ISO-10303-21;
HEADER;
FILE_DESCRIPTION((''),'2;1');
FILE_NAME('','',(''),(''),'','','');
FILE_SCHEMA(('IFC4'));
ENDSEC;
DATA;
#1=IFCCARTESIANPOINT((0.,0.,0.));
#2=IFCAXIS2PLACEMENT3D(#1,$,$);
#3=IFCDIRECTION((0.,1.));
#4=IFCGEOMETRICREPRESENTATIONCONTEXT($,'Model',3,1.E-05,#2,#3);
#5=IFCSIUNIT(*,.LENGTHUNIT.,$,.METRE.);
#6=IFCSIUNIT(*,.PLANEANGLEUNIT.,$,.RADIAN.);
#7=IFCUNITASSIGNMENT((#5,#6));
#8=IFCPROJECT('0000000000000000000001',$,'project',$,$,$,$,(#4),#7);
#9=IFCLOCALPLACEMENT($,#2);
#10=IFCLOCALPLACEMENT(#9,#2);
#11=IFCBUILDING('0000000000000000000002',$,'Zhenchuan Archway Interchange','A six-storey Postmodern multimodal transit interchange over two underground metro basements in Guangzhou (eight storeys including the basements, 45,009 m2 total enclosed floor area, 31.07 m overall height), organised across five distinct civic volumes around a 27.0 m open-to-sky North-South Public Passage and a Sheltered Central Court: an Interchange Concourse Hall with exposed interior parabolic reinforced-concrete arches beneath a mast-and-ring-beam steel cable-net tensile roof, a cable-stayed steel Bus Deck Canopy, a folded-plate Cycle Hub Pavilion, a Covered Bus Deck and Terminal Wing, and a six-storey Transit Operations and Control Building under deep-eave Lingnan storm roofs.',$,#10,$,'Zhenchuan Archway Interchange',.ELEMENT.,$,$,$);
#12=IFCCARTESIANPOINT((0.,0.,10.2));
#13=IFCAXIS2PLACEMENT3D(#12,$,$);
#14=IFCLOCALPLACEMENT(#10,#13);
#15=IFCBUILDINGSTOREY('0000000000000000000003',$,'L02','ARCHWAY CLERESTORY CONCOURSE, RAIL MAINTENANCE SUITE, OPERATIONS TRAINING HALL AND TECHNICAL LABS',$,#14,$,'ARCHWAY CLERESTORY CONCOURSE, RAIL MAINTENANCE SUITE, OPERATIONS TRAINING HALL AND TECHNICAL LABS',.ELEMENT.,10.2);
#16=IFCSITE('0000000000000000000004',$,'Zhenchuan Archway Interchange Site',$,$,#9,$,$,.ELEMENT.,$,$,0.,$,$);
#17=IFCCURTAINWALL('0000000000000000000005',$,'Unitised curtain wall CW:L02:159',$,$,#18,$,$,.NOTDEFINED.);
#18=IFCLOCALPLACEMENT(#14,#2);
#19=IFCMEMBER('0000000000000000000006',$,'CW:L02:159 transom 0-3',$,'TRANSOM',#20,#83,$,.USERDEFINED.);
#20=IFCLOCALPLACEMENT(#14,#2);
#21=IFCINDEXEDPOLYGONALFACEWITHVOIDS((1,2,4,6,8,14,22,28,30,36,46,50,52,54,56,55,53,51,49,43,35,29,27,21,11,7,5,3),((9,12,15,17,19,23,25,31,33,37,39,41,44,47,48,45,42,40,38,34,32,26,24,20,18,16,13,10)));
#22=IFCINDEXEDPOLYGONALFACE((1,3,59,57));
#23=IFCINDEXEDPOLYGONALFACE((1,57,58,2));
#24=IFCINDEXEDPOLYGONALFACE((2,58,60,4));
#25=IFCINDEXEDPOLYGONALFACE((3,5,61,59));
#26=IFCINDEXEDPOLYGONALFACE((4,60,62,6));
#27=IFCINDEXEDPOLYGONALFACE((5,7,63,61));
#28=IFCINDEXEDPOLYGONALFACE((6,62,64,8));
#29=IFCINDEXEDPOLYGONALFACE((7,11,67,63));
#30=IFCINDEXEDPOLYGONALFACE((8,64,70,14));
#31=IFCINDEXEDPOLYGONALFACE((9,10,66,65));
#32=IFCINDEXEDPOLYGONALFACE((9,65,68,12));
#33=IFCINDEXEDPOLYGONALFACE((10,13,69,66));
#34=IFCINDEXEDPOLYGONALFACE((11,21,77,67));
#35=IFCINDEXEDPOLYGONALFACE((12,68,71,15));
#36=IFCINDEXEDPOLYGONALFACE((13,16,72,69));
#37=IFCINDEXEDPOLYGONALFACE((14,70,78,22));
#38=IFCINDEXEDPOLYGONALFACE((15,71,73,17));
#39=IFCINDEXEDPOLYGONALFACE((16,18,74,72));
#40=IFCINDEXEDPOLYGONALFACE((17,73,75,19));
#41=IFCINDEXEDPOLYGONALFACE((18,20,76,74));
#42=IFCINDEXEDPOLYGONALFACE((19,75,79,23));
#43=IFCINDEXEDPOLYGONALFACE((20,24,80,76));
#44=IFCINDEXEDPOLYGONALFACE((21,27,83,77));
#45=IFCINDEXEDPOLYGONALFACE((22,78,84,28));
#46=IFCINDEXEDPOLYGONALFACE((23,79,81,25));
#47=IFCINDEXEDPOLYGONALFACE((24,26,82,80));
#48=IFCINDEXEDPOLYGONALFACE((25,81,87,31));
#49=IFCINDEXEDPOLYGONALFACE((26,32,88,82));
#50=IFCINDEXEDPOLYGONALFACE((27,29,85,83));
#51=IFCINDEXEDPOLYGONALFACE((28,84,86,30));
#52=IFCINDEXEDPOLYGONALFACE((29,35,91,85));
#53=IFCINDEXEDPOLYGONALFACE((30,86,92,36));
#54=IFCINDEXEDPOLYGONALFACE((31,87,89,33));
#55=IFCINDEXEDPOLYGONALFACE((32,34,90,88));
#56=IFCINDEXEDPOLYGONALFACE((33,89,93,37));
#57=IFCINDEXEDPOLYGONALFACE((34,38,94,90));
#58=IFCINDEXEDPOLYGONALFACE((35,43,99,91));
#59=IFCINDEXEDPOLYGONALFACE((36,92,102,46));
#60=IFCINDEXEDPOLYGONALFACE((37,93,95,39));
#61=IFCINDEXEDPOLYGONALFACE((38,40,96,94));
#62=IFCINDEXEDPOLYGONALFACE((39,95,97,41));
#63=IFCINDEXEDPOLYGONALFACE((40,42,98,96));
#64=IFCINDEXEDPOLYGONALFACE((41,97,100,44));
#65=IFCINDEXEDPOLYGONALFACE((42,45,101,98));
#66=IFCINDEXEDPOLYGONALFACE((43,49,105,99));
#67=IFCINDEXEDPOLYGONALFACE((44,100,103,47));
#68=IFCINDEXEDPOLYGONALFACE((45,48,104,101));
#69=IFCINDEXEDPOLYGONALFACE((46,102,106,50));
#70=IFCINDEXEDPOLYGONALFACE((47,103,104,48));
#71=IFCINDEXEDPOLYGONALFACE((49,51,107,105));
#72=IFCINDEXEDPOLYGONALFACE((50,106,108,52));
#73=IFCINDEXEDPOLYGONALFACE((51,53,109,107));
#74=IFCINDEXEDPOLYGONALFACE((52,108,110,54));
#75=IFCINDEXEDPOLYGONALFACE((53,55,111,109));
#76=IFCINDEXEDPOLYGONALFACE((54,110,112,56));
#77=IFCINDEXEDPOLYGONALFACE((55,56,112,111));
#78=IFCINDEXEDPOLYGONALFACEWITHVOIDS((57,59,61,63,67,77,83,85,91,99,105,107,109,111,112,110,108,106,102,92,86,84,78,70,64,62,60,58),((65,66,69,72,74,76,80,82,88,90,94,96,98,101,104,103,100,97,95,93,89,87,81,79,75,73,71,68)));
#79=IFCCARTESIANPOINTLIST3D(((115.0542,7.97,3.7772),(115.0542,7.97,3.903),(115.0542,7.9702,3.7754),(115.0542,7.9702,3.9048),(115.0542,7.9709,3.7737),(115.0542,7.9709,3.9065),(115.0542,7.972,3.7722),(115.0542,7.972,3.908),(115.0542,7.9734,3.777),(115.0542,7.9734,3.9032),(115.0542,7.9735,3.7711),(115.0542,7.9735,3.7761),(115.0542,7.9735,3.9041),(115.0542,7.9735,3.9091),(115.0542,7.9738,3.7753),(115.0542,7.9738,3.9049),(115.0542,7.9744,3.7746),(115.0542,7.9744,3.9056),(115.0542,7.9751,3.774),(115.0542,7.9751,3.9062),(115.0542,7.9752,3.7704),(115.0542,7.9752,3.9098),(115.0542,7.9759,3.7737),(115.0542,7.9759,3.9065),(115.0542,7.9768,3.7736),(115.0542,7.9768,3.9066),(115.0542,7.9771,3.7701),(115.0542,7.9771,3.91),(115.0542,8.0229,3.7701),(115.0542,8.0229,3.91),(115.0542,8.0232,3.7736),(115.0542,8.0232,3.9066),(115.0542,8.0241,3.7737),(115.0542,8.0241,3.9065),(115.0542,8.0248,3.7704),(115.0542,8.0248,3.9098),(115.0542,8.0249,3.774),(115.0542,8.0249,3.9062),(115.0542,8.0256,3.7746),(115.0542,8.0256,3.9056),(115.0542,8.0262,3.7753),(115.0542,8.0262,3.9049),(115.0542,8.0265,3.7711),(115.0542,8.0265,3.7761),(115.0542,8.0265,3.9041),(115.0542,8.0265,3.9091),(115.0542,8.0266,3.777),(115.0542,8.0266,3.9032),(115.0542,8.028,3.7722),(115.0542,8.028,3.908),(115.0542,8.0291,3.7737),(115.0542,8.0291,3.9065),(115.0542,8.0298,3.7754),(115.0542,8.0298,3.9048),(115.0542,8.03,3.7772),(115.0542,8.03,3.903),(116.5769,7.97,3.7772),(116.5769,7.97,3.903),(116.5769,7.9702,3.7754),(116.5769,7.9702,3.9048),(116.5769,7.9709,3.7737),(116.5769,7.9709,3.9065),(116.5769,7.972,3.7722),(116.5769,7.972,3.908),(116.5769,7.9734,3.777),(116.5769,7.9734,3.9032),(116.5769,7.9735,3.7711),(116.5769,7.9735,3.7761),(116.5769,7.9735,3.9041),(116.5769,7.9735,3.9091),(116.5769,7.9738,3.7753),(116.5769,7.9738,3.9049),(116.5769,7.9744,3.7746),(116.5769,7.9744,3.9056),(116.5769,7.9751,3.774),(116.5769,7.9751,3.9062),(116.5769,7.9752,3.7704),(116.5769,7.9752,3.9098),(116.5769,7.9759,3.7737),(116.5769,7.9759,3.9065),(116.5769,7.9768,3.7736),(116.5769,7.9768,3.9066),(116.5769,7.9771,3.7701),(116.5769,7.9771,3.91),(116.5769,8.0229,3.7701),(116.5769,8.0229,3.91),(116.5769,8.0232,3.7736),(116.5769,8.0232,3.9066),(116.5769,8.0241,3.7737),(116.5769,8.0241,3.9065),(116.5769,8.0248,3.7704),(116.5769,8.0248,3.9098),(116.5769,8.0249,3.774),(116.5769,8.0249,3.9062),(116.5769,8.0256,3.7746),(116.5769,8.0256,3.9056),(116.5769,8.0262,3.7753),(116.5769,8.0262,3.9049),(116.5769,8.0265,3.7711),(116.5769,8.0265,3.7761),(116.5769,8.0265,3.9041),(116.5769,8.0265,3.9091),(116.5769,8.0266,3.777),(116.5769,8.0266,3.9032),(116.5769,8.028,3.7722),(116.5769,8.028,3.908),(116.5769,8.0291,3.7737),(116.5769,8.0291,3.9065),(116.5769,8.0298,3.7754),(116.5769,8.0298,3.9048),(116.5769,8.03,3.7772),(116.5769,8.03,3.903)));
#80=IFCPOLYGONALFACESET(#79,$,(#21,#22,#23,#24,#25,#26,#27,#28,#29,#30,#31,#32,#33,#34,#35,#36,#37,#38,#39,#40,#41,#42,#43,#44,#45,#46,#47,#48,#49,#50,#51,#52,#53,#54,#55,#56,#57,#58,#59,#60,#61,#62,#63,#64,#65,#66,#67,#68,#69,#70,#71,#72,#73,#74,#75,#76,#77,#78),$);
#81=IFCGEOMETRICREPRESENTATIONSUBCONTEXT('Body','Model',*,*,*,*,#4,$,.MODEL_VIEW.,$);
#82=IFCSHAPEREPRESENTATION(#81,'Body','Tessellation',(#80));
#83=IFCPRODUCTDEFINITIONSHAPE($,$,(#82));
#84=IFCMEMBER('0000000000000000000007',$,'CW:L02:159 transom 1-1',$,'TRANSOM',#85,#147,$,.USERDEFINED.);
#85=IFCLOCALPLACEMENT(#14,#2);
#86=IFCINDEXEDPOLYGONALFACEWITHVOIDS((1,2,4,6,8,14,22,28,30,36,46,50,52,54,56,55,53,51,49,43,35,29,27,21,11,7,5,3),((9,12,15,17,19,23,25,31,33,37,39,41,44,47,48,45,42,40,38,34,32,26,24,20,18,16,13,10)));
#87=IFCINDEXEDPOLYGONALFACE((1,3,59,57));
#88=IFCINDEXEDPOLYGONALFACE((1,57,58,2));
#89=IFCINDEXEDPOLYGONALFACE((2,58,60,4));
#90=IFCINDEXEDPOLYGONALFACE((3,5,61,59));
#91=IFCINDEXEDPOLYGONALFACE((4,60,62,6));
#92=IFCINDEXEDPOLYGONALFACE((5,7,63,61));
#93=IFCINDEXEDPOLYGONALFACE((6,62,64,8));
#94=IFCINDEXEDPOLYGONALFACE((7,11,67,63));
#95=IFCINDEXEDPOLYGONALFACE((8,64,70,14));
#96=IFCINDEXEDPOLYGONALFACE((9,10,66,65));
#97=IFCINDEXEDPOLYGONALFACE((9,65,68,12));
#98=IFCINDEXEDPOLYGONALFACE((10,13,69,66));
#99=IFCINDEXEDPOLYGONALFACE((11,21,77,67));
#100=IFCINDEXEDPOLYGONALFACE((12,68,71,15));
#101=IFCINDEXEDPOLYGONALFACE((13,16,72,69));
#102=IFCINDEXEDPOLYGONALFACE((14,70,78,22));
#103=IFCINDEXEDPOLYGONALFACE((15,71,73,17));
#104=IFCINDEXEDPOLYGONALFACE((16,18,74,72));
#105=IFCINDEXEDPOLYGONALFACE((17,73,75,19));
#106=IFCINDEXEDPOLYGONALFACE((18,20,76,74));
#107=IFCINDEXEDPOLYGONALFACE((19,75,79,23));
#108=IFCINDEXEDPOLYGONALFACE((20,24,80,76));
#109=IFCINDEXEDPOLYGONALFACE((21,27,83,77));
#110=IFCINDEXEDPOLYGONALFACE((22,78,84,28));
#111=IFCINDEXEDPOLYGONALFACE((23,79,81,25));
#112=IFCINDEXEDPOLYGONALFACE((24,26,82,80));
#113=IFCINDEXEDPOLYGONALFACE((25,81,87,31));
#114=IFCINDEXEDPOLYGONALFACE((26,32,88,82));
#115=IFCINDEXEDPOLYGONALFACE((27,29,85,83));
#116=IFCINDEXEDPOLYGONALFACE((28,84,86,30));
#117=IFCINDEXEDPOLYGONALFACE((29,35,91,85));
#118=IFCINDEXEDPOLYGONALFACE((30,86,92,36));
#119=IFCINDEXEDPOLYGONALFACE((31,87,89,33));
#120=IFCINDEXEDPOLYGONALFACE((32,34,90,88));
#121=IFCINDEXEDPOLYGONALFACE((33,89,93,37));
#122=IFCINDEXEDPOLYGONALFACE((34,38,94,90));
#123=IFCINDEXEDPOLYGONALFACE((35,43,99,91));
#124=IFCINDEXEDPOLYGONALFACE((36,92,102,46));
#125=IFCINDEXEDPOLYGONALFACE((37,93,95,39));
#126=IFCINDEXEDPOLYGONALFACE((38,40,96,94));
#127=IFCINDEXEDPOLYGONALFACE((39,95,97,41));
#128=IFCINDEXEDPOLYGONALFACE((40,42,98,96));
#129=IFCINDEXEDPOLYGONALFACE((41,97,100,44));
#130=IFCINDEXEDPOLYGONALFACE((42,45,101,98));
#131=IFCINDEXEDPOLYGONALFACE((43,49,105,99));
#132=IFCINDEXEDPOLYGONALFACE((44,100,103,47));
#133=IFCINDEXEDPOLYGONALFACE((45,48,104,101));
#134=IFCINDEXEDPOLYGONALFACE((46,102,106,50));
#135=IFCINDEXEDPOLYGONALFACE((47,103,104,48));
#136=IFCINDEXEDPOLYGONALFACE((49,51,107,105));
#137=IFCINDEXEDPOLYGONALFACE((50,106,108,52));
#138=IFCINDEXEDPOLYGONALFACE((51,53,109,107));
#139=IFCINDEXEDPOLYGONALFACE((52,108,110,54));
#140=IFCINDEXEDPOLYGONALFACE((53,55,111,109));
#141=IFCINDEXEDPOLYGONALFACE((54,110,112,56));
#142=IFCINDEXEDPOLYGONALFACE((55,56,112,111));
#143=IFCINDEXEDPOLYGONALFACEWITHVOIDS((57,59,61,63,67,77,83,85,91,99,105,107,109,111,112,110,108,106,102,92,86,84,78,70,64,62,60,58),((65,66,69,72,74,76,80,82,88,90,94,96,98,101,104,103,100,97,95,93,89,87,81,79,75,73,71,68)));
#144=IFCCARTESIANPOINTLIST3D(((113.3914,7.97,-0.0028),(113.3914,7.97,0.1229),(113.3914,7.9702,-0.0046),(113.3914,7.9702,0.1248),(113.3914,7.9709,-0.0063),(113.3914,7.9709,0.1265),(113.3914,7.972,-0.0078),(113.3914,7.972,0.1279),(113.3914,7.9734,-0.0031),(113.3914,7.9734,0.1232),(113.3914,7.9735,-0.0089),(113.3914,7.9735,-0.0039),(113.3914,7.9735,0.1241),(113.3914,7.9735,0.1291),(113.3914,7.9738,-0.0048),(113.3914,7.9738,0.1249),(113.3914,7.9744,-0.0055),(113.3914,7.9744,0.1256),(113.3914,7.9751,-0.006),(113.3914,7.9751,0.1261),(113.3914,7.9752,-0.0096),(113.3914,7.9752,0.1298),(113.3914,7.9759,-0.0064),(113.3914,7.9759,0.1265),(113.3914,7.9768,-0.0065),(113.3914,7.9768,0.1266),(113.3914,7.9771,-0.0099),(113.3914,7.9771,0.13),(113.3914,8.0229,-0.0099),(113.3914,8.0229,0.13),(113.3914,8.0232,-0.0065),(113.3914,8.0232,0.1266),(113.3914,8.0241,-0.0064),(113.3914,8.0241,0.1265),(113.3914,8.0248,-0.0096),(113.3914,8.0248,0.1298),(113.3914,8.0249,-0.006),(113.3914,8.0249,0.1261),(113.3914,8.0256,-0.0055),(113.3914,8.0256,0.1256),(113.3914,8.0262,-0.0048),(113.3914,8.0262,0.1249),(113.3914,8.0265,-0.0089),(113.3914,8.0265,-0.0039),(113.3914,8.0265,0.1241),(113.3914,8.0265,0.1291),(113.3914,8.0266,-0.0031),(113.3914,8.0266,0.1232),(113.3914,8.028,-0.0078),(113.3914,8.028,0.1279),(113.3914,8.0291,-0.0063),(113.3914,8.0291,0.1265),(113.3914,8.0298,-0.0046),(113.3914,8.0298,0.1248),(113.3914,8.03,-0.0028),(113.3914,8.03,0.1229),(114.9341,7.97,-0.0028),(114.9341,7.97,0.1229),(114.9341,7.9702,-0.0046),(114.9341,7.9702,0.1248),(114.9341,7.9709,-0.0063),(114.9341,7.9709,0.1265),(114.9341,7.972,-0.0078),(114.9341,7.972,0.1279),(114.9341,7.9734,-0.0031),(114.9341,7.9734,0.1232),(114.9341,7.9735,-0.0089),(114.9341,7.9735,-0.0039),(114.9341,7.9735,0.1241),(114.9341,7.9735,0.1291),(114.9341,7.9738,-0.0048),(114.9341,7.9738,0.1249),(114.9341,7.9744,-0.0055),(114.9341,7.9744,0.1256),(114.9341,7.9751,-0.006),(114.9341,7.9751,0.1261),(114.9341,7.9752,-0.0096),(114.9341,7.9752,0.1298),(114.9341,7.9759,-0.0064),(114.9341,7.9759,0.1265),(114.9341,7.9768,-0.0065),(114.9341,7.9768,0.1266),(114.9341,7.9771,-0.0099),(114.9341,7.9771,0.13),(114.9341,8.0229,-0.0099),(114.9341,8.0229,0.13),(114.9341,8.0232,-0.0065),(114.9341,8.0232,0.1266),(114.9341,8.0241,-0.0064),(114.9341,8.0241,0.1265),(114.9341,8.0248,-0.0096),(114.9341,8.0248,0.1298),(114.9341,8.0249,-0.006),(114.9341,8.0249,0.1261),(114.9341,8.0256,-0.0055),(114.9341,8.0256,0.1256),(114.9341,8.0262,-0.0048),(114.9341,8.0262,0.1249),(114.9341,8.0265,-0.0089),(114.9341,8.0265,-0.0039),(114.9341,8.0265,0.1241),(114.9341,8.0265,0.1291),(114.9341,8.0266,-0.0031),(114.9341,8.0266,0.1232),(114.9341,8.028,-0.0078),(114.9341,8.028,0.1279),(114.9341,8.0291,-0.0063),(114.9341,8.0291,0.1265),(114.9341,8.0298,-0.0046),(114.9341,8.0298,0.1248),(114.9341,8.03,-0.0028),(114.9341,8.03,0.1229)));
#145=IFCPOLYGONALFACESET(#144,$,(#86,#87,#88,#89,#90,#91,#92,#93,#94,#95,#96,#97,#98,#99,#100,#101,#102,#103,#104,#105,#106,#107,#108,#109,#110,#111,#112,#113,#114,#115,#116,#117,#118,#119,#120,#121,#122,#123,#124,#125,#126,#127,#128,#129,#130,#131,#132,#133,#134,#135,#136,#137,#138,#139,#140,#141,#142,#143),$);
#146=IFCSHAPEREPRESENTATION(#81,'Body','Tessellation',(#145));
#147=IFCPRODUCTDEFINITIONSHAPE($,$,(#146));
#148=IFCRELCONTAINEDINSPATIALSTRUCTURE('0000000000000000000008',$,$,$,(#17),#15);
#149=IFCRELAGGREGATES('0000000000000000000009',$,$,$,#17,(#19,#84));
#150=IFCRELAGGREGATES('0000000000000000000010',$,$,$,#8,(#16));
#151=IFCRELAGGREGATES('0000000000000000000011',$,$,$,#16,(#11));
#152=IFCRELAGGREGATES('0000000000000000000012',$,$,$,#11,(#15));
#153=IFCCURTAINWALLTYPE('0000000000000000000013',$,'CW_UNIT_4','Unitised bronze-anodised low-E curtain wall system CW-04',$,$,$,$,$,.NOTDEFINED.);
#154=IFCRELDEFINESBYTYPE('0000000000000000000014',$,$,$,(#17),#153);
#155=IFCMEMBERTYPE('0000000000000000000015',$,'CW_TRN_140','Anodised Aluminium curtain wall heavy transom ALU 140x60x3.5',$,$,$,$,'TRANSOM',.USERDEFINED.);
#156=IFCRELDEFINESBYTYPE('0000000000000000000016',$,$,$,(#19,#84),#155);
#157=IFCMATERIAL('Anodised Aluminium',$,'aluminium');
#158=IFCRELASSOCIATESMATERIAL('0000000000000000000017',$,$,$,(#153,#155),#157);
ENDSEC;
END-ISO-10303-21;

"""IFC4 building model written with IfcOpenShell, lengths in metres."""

from ifc_helpers import new_model, si_unit, direction, frame, origin, origin_2d, place, context, subcontext, project, spatial, hollow_rectangle, extrude, material, material_profile, profile_set, type_object, element, aggregate, save


model = new_model("IFC4")

# Units and contexts
model_context = context("Model", 3, precision=1e-05, world=origin(), true_north=direction((0.0, 1.0)))
body_context = subcontext(model_context, "Body", "Model", "MODEL_VIEW")
ifc_project = project(units=[si_unit("LENGTHUNIT", "METRE"), si_unit("PLANEANGLEUNIT", "RADIAN")], contexts=[model_context])

# Site, building, storey
site_placement = place(None, origin())
site = spatial("IfcSite", under=ifc_project, at=site_placement, Name="Zhenchuan Archway Interchange Site", CompositionType="ELEMENT", RefElevation=0.0)
building_placement = place(site_placement, origin())
building = spatial("IfcBuilding", under=site, at=building_placement, Name="Zhenchuan Archway Interchange", Description="A six-storey Postmodern multimodal transit interchange over two underground metro basements in Guangzhou (eight storeys including the basements, 45,009 m2 total enclosed floor area, 31.07 m overall height), organised across five distinct civic volumes around a 27.0 m open-to-sky North-South Public Passage and a Sheltered Central Court: an Interchange Concourse Hall with exposed interior parabolic reinforced-concrete arches beneath a mast-and-ring-beam steel cable-net tensile roof, a cable-stayed steel Bus Deck Canopy, a folded-plate Cycle Hub Pavilion, a Covered Bus Deck and Terminal Wing, and a six-storey Transit Operations and Control Building under deep-eave Lingnan storm roofs.", LongName="Zhenchuan Archway Interchange", CompositionType="ELEMENT")
storey_placement = place(building_placement, frame((0.0, 0.0, 10.2)))
storey = spatial("IfcBuildingStorey", under=building, at=storey_placement, Name="L02", Description="ARCHWAY CLERESTORY CONCOURSE, RAIL MAINTENANCE SUITE, OPERATIONS TRAINING HALL AND TECHNICAL LABS", LongName="ARCHWAY CLERESTORY CONCOURSE, RAIL MAINTENANCE SUITE, OPERATIONS TRAINING HALL AND TECHNICAL LABS", CompositionType="ELEMENT", Elevation=10.2)

# Curtain wall, members
ifc_material_1 = material(Name="Anodised Aluminium", Category="aluminium")
curtain_wall_type = type_object("IfcCurtainWallType", Name="CW_UNIT_4", Description="Unitised bronze-anodised low-E curtain wall system CW-04", PredefinedType="NOTDEFINED", material=ifc_material_1)
curtain_wall_placement = place(storey_placement, origin())
curtain_wall = element("IfcCurtainWall", 1, at=curtain_wall_placement, inside=storey, type_object=curtain_wall_type, Name="Unitised curtain wall CW:L02:159", PredefinedType="NOTDEFINED")
ifc_material_profile_1 = material_profile(ifc_material_1, hollow_rectangle(XDim=0.0601, YDim=0.1399, WallThickness=0.0034, InnerFilletRadius=0.0034, OuterFilletRadius=0.0071, at=origin_2d()), Name="ALU 140x60x3.5")
ifc_profile_set_1 = profile_set([ifc_material_profile_1], Name="Anodised Aluminium")
member_type_1 = type_object("IfcMemberType", Name="CW_TRN_140", Description="Anodised Aluminium curtain wall heavy transom ALU 140x60x3.5", ElementType="TRANSOM", PredefinedType="USERDEFINED", material=ifc_profile_set_1)
member_1_placement = place(storey_placement, frame((116.5769, 8.0, 3.8401), z_axis=(-1.0, 0.0, 0.0), x_axis=(0.0, -1.0, 0.0)))
member_1 = element("IfcMember", 2, at=member_1_placement, type_object=member_type_1, Name="CW:L02:159 transom 0-3", ObjectType="TRANSOM", PredefinedType="USERDEFINED", context=body_context, shape_type="SweptSolid", body=[
    extrude(hollow_rectangle(XDim=0.0601, YDim=0.1399, WallThickness=0.0034, InnerFilletRadius=0.0034, OuterFilletRadius=0.0071, at=origin_2d()), origin(), (0.0, 0.0, 1.0), 1.5227),
])
member_2_placement = place(storey_placement, frame((114.9341, 8.0, 0.0601), z_axis=(-1.0, 0.0, 0.0), x_axis=(0.0, -1.0, 0.0)))
member_2 = element("IfcMember", 3, at=member_2_placement, type_object=member_type_1, Name="CW:L02:159 transom 1-1", ObjectType="TRANSOM", PredefinedType="USERDEFINED", context=body_context, shape_type="SweptSolid", body=[
    extrude(hollow_rectangle(XDim=0.0601, YDim=0.1399, WallThickness=0.0034, InnerFilletRadius=0.0034, OuterFilletRadius=0.0071, at=origin_2d()), origin(), (0.0, 0.0, 1.0), 1.5427),
])

aggregate(curtain_wall, [member_1, member_2])

save(model, "model.ifc")
